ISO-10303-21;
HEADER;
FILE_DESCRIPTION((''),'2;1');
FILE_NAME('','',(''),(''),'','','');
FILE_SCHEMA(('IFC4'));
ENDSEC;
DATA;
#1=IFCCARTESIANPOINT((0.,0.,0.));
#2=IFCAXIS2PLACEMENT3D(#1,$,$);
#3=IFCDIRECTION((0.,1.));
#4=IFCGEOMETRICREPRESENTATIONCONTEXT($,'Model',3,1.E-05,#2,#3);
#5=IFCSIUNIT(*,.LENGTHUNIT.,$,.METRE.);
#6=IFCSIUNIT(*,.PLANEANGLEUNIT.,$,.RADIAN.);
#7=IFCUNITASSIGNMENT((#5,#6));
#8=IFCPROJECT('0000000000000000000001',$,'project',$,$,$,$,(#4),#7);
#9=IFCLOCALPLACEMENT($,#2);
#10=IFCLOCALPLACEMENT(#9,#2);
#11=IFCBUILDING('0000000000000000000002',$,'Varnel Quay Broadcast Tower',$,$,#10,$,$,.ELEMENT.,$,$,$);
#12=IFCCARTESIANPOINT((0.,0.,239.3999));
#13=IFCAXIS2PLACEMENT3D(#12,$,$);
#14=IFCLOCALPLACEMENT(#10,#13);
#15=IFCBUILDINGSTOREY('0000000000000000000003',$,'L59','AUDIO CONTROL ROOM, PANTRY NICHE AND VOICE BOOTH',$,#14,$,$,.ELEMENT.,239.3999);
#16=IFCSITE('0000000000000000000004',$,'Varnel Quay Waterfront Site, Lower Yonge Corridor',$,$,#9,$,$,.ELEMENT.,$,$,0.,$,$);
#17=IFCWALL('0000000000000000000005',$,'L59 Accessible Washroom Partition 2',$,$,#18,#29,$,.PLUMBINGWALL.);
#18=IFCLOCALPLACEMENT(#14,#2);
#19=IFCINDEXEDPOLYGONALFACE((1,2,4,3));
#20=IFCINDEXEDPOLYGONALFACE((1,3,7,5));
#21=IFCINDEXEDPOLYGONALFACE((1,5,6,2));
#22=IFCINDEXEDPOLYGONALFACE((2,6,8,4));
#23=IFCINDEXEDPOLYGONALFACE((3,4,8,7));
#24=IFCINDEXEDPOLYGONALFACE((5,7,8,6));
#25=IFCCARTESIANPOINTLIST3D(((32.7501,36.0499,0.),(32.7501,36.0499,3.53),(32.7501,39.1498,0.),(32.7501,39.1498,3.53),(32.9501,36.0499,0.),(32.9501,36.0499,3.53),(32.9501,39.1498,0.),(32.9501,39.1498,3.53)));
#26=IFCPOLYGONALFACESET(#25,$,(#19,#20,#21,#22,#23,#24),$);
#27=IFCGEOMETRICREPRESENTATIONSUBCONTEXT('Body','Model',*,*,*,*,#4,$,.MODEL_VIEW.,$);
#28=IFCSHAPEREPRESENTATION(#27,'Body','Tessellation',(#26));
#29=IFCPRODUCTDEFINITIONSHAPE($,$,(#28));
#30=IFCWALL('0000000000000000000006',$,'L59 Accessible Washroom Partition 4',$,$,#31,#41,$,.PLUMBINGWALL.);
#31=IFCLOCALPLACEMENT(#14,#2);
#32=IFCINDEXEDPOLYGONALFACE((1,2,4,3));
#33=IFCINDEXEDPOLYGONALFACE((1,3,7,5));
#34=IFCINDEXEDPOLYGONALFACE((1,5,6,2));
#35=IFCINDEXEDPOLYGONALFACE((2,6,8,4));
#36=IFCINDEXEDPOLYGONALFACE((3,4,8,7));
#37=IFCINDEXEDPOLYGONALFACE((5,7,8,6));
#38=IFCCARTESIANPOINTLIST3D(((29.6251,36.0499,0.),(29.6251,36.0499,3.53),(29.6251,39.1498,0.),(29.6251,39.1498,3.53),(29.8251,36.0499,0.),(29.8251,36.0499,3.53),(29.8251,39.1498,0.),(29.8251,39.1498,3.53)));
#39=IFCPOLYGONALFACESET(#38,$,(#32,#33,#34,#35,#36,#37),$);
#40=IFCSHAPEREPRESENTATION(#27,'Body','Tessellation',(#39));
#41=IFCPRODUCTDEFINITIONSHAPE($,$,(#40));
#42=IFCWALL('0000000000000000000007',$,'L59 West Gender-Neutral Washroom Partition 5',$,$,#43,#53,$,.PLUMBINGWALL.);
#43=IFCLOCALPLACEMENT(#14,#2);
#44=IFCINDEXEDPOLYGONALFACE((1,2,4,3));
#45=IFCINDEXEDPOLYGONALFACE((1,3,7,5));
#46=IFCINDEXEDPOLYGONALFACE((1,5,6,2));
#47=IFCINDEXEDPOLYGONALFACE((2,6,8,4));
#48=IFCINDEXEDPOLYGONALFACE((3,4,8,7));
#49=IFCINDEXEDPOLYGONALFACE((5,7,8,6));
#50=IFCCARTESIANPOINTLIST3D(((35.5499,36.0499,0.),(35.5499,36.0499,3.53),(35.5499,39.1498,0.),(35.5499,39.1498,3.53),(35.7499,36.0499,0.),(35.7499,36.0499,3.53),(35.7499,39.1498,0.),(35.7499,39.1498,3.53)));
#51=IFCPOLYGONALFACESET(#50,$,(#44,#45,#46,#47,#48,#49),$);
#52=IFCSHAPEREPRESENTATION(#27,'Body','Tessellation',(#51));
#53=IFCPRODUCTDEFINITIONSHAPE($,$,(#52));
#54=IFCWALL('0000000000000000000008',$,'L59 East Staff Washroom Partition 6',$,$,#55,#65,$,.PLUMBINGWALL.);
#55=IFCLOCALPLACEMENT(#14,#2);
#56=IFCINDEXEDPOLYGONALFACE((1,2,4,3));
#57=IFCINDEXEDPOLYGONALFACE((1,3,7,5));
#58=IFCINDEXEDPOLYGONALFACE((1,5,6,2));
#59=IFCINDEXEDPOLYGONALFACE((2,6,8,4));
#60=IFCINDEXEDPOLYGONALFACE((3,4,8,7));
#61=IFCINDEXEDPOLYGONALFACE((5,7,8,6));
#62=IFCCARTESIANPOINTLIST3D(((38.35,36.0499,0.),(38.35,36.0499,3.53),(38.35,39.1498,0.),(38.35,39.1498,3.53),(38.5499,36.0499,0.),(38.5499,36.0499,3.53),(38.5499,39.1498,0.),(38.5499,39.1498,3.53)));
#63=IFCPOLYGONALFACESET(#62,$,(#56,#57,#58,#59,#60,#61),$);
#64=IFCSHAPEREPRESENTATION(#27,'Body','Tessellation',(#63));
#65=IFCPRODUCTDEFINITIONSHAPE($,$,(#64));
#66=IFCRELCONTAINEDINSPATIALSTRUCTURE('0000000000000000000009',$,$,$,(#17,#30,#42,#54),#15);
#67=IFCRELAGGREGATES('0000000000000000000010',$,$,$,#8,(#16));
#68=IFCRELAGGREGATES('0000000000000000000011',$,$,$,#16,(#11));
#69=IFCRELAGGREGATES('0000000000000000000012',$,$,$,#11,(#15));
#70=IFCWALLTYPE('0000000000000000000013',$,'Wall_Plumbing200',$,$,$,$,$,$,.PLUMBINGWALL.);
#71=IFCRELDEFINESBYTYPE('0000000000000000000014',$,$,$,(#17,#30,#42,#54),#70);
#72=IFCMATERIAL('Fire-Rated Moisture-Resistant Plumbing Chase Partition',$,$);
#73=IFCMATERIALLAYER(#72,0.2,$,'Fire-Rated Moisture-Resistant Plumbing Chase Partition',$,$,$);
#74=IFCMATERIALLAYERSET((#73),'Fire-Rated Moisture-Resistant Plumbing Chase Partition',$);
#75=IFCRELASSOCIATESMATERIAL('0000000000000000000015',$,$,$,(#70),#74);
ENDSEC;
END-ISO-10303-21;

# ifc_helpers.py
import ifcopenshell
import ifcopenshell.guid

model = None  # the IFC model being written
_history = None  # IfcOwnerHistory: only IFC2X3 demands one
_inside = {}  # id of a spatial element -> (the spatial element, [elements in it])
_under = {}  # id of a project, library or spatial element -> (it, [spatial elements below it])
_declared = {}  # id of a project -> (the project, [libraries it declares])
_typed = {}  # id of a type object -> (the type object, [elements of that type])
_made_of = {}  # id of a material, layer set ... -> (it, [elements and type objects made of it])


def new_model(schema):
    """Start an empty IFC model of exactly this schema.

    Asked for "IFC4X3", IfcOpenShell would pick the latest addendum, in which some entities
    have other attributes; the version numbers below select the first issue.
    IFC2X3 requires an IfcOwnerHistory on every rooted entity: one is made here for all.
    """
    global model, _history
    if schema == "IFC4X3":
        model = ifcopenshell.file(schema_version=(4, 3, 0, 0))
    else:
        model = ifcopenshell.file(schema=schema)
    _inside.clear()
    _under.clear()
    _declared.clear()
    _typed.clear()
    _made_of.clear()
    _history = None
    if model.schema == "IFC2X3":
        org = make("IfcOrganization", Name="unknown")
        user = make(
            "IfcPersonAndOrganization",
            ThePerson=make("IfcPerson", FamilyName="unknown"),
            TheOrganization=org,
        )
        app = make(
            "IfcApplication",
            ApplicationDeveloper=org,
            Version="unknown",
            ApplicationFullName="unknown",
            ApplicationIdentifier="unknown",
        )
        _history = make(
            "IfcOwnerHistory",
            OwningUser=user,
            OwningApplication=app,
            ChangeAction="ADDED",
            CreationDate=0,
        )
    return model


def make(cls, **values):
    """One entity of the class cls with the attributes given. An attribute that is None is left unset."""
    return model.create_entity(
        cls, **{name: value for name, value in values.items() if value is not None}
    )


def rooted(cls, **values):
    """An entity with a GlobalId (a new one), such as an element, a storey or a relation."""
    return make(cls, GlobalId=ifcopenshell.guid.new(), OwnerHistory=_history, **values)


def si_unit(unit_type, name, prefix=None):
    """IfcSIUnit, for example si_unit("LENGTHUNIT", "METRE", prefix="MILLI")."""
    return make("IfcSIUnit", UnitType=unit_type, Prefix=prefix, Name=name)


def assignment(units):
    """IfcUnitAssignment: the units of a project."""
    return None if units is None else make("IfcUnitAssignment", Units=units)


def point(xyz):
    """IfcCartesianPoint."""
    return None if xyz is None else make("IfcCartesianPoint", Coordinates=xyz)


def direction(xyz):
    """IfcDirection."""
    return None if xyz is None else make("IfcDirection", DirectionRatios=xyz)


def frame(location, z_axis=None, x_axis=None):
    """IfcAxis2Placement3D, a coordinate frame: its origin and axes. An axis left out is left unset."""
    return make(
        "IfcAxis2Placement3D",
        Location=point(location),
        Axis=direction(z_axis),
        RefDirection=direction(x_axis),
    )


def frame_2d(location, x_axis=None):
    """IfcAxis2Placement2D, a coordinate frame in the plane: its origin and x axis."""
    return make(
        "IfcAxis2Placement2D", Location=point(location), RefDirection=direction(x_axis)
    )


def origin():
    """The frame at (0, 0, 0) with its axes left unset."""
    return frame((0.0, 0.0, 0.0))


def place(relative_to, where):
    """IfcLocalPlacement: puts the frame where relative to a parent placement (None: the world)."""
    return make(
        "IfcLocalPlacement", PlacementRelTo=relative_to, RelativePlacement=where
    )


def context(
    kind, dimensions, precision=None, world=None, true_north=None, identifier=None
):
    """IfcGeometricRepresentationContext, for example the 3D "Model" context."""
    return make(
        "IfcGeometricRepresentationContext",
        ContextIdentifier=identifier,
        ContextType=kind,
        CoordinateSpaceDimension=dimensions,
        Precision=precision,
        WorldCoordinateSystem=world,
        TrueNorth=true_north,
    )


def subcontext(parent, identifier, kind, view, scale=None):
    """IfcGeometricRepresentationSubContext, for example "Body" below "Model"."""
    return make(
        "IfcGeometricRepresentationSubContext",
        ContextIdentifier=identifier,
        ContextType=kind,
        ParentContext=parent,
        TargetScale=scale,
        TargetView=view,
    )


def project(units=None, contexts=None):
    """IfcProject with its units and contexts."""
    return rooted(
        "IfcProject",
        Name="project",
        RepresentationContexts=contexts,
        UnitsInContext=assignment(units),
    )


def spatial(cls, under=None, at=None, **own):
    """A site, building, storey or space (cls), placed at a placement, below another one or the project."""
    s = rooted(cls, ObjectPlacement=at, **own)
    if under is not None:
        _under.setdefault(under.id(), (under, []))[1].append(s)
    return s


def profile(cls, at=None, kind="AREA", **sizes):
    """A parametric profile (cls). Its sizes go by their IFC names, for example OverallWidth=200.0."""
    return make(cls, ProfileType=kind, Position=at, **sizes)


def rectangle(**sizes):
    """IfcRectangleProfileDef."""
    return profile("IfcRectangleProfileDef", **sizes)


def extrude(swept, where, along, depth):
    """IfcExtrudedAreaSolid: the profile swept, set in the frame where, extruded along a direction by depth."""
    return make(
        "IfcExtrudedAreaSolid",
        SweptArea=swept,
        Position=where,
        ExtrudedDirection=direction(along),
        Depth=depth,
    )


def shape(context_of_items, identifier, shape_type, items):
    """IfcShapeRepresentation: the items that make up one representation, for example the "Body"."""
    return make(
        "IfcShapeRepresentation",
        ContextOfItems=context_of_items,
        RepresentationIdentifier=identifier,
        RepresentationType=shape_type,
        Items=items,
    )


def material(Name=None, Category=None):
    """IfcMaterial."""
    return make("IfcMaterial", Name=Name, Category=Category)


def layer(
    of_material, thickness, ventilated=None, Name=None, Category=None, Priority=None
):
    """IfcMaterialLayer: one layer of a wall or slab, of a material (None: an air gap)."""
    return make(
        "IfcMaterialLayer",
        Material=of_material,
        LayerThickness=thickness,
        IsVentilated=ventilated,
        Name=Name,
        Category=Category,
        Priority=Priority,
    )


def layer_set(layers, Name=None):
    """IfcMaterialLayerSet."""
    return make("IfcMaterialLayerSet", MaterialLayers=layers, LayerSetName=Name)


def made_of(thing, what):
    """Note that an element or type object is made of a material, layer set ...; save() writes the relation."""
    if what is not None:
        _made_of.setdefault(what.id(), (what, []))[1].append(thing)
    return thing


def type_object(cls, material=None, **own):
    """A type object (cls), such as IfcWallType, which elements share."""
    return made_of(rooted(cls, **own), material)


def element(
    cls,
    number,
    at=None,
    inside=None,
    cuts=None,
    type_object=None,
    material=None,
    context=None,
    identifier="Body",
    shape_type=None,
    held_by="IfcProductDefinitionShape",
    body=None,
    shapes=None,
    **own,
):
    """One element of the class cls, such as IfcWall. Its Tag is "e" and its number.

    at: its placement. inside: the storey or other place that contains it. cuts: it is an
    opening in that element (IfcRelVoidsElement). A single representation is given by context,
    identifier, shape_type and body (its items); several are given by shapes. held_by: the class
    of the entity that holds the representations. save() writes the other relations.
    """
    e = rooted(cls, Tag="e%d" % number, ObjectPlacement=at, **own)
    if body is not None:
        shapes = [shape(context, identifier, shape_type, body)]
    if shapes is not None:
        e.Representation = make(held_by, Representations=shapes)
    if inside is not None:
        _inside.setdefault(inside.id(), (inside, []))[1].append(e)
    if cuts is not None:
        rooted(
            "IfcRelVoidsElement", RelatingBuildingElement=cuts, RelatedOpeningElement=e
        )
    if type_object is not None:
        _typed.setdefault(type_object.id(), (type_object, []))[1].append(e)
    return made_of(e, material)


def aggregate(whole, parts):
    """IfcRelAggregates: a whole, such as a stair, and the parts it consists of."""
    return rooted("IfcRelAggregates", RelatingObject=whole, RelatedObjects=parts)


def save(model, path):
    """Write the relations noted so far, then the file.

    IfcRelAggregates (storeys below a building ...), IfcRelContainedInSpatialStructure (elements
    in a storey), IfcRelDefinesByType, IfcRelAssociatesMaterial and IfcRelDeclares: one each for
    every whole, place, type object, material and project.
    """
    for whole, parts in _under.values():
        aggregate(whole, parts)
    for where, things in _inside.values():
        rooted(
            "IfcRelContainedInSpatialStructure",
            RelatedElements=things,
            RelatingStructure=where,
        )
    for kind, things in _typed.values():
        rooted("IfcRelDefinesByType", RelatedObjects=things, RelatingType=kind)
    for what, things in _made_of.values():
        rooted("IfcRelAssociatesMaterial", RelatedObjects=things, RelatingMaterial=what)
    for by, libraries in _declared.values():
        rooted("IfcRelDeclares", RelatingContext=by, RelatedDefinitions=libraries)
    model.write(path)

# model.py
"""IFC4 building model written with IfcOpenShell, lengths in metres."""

from ifc_helpers import new_model, si_unit, direction, frame, frame_2d, origin, place, context, subcontext, project, spatial, rectangle, extrude, material, layer, layer_set, type_object, element, save


model = new_model("IFC4")

# Units and contexts
model_context = context("Model", 3, precision=1e-05, world=origin(), true_north=direction((0.0, 1.0)))
body_context = subcontext(model_context, "Body", "Model", "MODEL_VIEW")
ifc_project = project(units=[si_unit("LENGTHUNIT", "METRE"), si_unit("PLANEANGLEUNIT", "RADIAN")], contexts=[model_context])

# Site, building, storey
site_placement = place(None, origin())
site = spatial("IfcSite", under=ifc_project, at=site_placement, Name="Varnel Quay Waterfront Site, Lower Yonge Corridor", CompositionType="ELEMENT", RefElevation=0.0)
building_placement = place(site_placement, origin())
building = spatial("IfcBuilding", under=site, at=building_placement, Name="Varnel Quay Broadcast Tower", CompositionType="ELEMENT")
storey_placement = place(building_placement, frame((0.0, 0.0, 239.3999)))
storey = spatial("IfcBuildingStorey", under=building, at=storey_placement, Name="L59", Description="AUDIO CONTROL ROOM, PANTRY NICHE AND VOICE BOOTH", CompositionType="ELEMENT", Elevation=239.3999)

# Walls
ifc_material_1 = material(Name="Fire-Rated Moisture-Resistant Plumbing Chase Partition")
ifc_layer_1 = layer(ifc_material_1, 0.2, Name="Fire-Rated Moisture-Resistant Plumbing Chase Partition")
ifc_layer_set_1 = layer_set([ifc_layer_1], Name="Fire-Rated Moisture-Resistant Plumbing Chase Partition")
wall_type_1 = type_object("IfcWallType", Name="Wall_Plumbing200", PredefinedType="PLUMBINGWALL", material=ifc_layer_set_1)
for number, where, z_axis, x_axis, name in (
    (1, (32.8501, 36.05, 0.0), (0.0, 0.0, 1.0), (0.0, 1.0, 0.0), "L59 Accessible Washroom Partition 2"),
    (2, (29.7251, 36.05, 0.0), (0.0, 0.0, 1.0), (0.0, 1.0, 0.0), "L59 Accessible Washroom Partition 4"),
    (3, (35.6499, 36.05, 0.0), (0.0, 0.0, 1.0), (0.0, 1.0, 0.0), "L59 West Gender-Neutral Washroom Partition 5"),
    (4, (38.45, 36.05, 0.0), (0.0, 0.0, 1.0), (0.0, 1.0, 0.0), "L59 East Staff Washroom Partition 6"),
):
    element("IfcWall", number, at=place(storey_placement, frame(where, z_axis=z_axis, x_axis=x_axis)), inside=storey, type_object=wall_type_1, Name=name, PredefinedType="PLUMBINGWALL", context=body_context, shape_type="SweptSolid", body=[
        extrude(rectangle(XDim=3.0999, YDim=0.2, at=frame_2d((1.5498, 0.0))), origin(), (0.0, 0.0, 1.0), 3.53),
    ])

save(model, "model.ifc")
